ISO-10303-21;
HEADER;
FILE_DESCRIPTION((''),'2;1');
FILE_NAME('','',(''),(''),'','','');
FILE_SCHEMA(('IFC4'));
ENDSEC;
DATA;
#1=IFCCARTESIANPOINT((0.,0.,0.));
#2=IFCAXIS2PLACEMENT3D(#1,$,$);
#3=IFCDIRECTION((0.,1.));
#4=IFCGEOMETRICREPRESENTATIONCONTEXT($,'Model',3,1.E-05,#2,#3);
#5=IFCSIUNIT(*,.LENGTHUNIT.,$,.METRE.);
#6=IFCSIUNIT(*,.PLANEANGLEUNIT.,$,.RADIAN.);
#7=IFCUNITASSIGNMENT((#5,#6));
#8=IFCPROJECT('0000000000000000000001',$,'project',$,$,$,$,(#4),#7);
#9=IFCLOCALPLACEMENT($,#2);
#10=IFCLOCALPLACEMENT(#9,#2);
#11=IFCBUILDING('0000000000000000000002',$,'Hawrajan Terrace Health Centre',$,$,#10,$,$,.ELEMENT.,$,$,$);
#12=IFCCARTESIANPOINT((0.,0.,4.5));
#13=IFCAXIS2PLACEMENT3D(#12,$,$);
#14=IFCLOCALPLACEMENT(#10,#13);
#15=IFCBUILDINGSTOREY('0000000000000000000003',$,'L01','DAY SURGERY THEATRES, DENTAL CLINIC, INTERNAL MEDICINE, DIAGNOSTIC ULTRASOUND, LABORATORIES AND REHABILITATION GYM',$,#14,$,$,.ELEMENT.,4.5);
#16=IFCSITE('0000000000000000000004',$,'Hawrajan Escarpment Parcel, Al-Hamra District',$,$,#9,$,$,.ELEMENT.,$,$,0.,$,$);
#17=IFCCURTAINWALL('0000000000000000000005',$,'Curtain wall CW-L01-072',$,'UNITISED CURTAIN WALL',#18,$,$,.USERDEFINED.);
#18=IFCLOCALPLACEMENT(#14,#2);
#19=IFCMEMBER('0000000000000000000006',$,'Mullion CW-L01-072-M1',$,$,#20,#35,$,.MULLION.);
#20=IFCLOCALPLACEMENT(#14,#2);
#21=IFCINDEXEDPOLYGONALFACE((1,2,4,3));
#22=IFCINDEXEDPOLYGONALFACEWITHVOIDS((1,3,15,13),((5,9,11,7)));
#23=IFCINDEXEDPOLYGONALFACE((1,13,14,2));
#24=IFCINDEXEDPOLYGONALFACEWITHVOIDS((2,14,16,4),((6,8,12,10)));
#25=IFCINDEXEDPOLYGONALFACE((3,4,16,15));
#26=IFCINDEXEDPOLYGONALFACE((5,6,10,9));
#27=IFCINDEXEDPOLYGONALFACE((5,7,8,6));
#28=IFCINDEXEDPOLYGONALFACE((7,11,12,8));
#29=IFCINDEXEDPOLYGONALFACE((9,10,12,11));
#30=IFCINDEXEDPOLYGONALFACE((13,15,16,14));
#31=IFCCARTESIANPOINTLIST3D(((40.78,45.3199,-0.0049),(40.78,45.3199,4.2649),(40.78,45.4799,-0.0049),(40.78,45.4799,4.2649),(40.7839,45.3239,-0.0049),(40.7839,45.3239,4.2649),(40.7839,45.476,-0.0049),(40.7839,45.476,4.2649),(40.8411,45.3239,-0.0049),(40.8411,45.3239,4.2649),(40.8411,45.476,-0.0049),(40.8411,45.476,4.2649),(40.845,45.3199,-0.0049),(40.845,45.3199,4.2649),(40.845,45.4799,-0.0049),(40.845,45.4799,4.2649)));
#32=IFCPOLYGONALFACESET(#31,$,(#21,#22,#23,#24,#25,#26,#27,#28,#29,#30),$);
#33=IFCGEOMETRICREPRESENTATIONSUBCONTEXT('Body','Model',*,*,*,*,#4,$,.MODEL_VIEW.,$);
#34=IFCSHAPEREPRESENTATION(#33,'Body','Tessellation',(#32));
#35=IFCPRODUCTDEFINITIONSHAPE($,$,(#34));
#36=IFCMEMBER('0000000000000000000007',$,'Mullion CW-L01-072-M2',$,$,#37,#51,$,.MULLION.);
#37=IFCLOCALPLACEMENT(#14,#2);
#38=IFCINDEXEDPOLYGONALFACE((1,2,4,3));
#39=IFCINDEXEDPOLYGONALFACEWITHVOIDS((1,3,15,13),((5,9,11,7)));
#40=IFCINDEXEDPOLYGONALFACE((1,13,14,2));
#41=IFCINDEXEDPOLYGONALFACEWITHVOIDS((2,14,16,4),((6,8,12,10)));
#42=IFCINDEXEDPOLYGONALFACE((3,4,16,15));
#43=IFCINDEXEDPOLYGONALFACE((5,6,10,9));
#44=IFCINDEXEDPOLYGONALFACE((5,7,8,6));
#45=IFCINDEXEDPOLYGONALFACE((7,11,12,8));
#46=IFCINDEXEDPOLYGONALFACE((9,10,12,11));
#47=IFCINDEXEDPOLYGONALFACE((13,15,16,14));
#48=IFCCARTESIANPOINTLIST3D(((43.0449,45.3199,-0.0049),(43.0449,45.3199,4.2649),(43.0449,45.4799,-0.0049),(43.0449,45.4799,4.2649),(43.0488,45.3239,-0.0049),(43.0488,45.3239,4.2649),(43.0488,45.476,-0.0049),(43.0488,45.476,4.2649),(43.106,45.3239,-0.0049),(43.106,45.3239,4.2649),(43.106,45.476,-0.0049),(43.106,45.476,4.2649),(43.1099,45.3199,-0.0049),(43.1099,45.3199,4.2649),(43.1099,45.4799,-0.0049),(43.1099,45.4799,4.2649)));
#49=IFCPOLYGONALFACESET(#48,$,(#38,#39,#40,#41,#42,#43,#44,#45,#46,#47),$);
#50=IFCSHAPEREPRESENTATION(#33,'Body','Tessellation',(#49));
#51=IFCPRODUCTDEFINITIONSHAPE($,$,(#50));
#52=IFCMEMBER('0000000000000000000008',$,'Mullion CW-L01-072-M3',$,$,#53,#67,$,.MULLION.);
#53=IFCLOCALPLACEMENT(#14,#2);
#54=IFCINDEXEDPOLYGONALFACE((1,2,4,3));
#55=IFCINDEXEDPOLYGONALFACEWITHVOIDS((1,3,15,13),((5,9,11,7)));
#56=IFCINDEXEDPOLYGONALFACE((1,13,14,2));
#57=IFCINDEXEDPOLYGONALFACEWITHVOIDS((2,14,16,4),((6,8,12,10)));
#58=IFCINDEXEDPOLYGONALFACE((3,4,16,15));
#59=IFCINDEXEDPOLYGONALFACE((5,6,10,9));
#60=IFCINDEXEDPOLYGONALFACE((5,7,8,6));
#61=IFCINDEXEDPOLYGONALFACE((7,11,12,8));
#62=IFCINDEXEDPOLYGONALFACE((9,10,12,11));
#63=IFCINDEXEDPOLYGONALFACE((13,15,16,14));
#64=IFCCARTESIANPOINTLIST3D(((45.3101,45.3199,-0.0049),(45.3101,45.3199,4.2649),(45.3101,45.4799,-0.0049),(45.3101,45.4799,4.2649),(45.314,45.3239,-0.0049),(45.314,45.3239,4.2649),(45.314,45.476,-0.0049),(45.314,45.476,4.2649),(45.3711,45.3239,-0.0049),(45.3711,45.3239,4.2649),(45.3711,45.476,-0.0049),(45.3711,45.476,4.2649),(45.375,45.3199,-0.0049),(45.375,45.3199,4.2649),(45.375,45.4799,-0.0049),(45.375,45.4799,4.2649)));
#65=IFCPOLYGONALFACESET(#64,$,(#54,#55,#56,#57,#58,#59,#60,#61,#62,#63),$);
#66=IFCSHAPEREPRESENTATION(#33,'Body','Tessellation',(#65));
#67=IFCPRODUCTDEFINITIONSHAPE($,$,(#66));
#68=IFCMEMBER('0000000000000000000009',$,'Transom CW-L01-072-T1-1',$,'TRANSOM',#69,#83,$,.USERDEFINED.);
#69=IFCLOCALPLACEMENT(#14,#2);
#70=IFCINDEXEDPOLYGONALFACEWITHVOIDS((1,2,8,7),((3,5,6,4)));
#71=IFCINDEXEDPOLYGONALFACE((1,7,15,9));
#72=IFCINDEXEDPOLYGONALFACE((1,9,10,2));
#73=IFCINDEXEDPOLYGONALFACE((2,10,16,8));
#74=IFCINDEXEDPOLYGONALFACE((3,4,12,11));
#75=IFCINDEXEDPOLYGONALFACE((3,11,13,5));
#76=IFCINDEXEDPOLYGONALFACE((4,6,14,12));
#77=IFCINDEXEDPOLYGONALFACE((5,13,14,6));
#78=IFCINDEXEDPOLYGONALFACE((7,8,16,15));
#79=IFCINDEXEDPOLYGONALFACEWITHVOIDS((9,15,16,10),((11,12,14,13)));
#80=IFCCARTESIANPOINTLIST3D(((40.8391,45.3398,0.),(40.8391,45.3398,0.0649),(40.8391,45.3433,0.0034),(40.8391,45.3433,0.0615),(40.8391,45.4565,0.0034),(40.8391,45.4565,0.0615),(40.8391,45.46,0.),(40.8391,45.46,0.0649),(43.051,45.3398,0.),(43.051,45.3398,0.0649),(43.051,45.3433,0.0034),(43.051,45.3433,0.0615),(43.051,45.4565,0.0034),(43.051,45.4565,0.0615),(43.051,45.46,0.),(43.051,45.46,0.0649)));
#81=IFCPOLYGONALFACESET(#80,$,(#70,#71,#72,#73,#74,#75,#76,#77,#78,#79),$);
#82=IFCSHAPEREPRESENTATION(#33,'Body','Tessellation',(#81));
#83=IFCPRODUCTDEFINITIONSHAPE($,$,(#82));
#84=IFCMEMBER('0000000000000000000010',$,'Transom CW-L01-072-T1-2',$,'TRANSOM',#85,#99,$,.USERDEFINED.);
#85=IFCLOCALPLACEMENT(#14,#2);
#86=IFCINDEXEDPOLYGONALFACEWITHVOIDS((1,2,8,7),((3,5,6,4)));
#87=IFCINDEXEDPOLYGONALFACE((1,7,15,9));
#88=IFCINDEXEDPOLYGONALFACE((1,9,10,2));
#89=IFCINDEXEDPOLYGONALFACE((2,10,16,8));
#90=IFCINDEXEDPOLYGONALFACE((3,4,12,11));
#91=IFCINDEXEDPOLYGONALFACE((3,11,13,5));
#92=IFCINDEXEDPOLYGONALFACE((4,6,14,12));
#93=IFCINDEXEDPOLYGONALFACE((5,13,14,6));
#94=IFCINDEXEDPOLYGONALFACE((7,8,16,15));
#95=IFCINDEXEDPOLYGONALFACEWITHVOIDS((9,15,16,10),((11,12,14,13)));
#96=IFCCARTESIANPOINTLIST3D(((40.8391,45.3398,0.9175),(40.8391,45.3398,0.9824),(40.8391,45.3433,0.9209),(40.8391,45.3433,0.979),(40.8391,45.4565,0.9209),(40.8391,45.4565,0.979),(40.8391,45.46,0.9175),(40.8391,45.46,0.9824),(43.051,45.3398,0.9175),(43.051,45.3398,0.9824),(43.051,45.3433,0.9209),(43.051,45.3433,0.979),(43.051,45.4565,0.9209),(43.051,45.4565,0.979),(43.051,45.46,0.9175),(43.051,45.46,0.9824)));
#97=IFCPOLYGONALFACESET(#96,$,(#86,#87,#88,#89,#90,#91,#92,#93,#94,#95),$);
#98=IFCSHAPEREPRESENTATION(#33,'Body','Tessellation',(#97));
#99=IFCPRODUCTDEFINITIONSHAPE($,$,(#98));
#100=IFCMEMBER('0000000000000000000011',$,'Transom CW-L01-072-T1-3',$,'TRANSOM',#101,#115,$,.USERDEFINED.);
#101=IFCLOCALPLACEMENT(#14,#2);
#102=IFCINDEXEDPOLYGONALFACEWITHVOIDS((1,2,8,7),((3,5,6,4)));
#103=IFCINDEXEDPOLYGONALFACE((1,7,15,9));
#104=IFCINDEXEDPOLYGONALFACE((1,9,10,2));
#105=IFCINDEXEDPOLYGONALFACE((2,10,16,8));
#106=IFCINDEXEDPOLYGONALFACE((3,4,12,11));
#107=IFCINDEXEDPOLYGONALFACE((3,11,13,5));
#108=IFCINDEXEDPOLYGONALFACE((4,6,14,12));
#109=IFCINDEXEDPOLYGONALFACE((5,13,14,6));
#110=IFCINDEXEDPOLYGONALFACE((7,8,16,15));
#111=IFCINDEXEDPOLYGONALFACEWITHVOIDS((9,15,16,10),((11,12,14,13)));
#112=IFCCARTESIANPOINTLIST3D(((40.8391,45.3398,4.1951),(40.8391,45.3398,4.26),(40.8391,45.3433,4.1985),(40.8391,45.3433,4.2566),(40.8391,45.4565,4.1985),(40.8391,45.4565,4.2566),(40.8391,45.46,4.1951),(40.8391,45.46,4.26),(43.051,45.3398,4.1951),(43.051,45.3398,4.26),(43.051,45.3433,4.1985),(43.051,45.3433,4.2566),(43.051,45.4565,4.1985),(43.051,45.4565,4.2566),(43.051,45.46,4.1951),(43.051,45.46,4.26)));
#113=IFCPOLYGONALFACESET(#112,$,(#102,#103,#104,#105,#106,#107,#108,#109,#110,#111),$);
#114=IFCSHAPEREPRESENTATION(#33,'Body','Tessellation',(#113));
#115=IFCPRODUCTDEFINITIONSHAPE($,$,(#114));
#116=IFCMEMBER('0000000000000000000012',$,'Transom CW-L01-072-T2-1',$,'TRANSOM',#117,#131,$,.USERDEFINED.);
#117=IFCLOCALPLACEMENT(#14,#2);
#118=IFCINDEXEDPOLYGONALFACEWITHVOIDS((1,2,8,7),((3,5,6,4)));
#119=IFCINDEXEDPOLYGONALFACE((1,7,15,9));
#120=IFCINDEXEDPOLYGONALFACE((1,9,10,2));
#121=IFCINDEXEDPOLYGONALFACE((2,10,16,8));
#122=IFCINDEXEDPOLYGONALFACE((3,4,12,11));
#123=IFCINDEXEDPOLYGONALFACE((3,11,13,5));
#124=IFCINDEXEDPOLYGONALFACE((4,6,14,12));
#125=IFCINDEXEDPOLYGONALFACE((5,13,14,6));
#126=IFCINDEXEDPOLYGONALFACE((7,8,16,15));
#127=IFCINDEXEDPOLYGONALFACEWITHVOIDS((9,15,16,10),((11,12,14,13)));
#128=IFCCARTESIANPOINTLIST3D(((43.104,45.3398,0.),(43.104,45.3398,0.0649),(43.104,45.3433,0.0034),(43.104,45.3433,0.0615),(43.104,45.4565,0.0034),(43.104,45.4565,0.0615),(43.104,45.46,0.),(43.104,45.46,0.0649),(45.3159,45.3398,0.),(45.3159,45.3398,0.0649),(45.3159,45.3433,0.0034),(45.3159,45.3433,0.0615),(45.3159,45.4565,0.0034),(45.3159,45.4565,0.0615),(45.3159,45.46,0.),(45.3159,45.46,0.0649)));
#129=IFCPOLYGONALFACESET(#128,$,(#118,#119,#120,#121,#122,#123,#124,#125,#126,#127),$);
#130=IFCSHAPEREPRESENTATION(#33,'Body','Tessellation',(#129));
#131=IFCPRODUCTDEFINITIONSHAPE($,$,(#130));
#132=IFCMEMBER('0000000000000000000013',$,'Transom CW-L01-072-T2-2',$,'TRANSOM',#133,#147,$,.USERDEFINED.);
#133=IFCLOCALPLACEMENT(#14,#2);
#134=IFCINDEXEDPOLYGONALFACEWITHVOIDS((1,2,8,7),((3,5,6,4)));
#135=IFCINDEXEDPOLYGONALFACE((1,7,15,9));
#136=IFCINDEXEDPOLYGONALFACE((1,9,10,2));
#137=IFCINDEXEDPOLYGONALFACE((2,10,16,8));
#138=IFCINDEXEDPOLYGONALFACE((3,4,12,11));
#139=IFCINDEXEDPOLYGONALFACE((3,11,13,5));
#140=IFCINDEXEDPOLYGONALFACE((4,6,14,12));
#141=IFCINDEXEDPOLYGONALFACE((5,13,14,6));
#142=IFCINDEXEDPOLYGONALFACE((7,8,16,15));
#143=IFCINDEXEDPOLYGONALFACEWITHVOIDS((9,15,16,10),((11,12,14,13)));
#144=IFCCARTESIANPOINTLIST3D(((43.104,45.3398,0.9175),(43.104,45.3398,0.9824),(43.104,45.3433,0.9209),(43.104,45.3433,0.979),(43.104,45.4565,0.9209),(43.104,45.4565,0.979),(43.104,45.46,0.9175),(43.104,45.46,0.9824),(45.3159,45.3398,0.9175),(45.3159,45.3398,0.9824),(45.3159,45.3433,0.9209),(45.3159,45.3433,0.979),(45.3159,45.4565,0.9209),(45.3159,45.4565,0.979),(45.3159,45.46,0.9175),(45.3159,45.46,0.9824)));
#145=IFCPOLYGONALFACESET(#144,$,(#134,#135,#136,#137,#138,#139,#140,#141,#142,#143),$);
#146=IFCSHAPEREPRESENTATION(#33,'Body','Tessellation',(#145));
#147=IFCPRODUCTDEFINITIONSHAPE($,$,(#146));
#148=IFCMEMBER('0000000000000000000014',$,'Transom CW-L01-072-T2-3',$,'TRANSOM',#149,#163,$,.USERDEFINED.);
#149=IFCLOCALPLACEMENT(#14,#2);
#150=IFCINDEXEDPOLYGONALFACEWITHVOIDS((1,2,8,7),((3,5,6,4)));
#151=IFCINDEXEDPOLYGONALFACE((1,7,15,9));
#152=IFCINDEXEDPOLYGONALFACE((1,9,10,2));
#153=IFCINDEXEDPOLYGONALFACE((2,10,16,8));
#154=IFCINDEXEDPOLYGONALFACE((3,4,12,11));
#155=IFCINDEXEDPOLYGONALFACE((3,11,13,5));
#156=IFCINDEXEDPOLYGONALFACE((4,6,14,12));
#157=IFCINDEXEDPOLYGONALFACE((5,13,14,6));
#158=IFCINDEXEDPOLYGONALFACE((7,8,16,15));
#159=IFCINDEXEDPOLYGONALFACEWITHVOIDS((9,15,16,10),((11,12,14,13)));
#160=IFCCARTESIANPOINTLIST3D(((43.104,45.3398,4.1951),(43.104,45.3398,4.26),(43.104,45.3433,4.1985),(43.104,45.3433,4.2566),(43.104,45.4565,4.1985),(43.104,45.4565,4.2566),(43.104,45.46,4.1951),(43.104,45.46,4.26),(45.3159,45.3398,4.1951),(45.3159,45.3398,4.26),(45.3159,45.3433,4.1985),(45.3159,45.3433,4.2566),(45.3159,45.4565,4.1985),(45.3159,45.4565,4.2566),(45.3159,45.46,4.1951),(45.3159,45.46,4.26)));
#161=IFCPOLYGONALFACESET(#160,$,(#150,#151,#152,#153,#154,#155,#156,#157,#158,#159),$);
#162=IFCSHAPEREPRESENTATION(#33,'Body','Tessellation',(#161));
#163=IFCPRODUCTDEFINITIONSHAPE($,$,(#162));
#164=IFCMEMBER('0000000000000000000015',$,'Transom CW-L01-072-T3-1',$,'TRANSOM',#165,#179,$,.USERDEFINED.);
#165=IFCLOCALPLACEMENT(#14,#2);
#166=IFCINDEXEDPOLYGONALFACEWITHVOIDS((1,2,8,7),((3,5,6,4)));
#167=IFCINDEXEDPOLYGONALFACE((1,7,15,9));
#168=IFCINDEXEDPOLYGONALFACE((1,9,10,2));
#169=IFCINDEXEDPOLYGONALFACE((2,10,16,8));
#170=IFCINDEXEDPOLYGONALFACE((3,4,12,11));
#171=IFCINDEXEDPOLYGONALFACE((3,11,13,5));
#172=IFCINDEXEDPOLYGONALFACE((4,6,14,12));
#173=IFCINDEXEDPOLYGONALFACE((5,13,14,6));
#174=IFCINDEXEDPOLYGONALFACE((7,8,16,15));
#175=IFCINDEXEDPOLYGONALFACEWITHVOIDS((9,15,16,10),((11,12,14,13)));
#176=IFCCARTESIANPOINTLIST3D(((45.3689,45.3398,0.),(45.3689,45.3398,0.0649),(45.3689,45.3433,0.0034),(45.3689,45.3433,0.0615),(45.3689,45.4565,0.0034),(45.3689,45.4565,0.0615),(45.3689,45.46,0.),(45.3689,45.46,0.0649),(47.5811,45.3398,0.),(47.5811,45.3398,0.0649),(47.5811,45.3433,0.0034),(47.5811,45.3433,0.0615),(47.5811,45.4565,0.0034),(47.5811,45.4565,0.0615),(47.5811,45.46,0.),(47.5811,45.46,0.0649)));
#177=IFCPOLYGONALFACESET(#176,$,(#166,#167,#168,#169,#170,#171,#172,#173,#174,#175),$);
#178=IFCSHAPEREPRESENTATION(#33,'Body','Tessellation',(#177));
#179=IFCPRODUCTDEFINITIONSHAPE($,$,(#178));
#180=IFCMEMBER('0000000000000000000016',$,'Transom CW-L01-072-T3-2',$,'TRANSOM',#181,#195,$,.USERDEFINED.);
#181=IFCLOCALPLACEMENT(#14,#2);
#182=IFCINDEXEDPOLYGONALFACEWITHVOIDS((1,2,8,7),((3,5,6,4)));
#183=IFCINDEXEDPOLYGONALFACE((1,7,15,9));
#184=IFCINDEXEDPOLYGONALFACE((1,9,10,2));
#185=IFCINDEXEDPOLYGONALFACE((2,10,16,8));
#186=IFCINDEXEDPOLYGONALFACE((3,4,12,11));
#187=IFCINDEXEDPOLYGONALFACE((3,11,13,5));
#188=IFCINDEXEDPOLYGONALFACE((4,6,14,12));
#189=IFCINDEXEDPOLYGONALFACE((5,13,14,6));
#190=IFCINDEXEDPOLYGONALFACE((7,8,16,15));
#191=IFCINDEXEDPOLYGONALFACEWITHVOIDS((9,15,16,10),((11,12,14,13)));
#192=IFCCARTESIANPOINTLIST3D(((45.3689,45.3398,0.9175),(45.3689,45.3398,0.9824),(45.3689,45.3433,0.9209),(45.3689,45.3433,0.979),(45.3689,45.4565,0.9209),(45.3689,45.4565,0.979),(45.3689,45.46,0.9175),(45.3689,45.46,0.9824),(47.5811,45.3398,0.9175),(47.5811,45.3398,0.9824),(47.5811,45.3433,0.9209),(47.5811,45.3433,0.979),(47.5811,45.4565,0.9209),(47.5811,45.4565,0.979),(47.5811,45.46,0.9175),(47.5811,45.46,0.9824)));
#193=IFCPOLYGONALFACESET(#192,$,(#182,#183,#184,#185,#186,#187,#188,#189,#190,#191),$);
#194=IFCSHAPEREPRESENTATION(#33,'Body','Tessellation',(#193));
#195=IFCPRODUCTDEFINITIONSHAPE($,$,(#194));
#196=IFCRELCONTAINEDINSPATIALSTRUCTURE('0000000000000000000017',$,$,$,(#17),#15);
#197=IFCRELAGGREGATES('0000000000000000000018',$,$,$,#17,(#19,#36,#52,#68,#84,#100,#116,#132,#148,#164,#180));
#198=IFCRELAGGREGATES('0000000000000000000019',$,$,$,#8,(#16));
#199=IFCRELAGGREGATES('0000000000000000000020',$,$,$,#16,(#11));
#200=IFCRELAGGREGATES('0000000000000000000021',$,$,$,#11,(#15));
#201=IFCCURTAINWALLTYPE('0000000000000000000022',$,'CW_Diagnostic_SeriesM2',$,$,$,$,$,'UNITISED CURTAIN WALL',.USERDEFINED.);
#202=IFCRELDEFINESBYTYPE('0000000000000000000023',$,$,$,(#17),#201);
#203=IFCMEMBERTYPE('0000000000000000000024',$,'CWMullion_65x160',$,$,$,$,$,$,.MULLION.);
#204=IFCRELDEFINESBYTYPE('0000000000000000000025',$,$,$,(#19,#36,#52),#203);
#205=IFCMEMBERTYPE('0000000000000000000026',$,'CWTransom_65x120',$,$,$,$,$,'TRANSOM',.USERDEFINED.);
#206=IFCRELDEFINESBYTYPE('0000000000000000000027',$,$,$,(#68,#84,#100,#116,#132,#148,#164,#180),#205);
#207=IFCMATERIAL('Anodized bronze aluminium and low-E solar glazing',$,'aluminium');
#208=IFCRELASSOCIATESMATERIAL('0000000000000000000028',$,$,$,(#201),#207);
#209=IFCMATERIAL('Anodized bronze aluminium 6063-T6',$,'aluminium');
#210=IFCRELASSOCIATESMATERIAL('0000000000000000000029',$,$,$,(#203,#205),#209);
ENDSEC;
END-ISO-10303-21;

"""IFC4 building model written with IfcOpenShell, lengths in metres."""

from ifc_helpers import new_model, si_unit, direction, frame, origin, origin_2d, place, context, subcontext, project, spatial, hollow_rectangle, extrude, material, material_profile, profile_set, type_object, element, aggregate, save


model = new_model("IFC4")

# Units and contexts
model_context = context("Model", 3, precision=1e-05, world=origin(), true_north=direction((0.0, 1.0)))
body_context = subcontext(model_context, "Body", "Model", "MODEL_VIEW")
ifc_project = project(units=[si_unit("LENGTHUNIT", "METRE"), si_unit("PLANEANGLEUNIT", "RADIAN")], contexts=[model_context])

# Site, building, storey
site_placement = place(None, origin())
site = spatial("IfcSite", under=ifc_project, at=site_placement, Name="Hawrajan Escarpment Parcel, Al-Hamra District", CompositionType="ELEMENT", RefElevation=0.0)
building_placement = place(site_placement, origin())
building = spatial("IfcBuilding", under=site, at=building_placement, Name="Hawrajan Terrace Health Centre", CompositionType="ELEMENT")
storey_placement = place(building_placement, frame((0.0, 0.0, 4.5)))
storey = spatial("IfcBuildingStorey", under=building, at=storey_placement, Name="L01", Description="DAY SURGERY THEATRES, DENTAL CLINIC, INTERNAL MEDICINE, DIAGNOSTIC ULTRASOUND, LABORATORIES AND REHABILITATION GYM", CompositionType="ELEMENT", Elevation=4.5)

# Curtain wall, members
ifc_material_1 = material(Name="Anodized bronze aluminium and low-E solar glazing", Category="aluminium")
curtain_wall_type = type_object("IfcCurtainWallType", Name="CW_Diagnostic_SeriesM2", ElementType="UNITISED CURTAIN WALL", PredefinedType="USERDEFINED", material=ifc_material_1)
curtain_wall_placement = place(storey_placement, origin())
curtain_wall = element("IfcCurtainWall", 1, at=curtain_wall_placement, inside=storey, type_object=curtain_wall_type, Name="Curtain wall CW-L01-072", ObjectType="UNITISED CURTAIN WALL", PredefinedType="USERDEFINED")
ifc_material_2 = material(Name="Anodized bronze aluminium 6063-T6", Category="aluminium")
ifc_material_profile_1 = material_profile(ifc_material_2, hollow_rectangle(XDim=0.0649, YDim=0.1599, WallThickness=0.0039, at=origin_2d()), Name="CW MUL 65x160")
ifc_profile_set_1 = profile_set([ifc_material_profile_1], Name="Anodized bronze aluminium 6063-T6")
member_type_1 = type_object("IfcMemberType", Name="CWMullion_65x160", PredefinedType="MULLION", material=ifc_profile_set_1)
member_1_placement = place(storey_placement, frame((40.8125, 45.3999, -0.0049), z_axis=(0.0, 0.0, 1.0), x_axis=(1.0, 0.0, 0.0)))
member_1 = element("IfcMember", 2, at=member_1_placement, type_object=member_type_1, Name="Mullion CW-L01-072-M1", PredefinedType="MULLION", context=body_context, shape_type="SweptSolid", body=[
    extrude(hollow_rectangle(XDim=0.0649, YDim=0.1599, WallThickness=0.0039, at=origin_2d()), origin(), (0.0, 0.0, 1.0), 4.2698),
])
member_2_placement = place(storey_placement, frame((43.0774, 45.3999, -0.0049), z_axis=(0.0, 0.0, 1.0), x_axis=(1.0, 0.0, 0.0)))
member_2 = element("IfcMember", 3, at=member_2_placement, type_object=member_type_1, Name="Mullion CW-L01-072-M2", PredefinedType="MULLION", context=body_context, shape_type="SweptSolid", body=[
    extrude(hollow_rectangle(XDim=0.0649, YDim=0.1599, WallThickness=0.0039, at=origin_2d()), origin(), (0.0, 0.0, 1.0), 4.2698),
])
member_3_placement = place(storey_placement, frame((45.3425, 45.3999, -0.0049), z_axis=(0.0, 0.0, 1.0), x_axis=(1.0, 0.0, 0.0)))
member_3 = element("IfcMember", 4, at=member_3_placement, type_object=member_type_1, Name="Mullion CW-L01-072-M3", PredefinedType="MULLION", context=body_context, shape_type="SweptSolid", body=[
    extrude(hollow_rectangle(XDim=0.0649, YDim=0.1599, WallThickness=0.0039, at=origin_2d()), origin(), (0.0, 0.0, 1.0), 4.2698),
])
ifc_material_profile_2 = material_profile(ifc_material_2, hollow_rectangle(XDim=0.0649, YDim=0.1201, WallThickness=0.0034, at=origin_2d()), Name="CW TRN 65x120")
ifc_profile_set_2 = profile_set([ifc_material_profile_2], Name="Anodized bronze aluminium 6063-T6")
member_type_2 = type_object("IfcMemberType", Name="CWTransom_65x120", ElementType="TRANSOM", PredefinedType="USERDEFINED", material=ifc_profile_set_2)
member_4_placement = place(storey_placement, frame((40.8391, 45.3999, 0.0325), z_axis=(1.0, 0.0, 0.0), x_axis=(0.0, 0.0, 1.0)))
member_4 = element("IfcMember", 5, at=member_4_placement, type_object=member_type_2, Name="Transom CW-L01-072-T1-1", ObjectType="TRANSOM", PredefinedType="USERDEFINED", context=body_context, shape_type="SweptSolid", body=[
    extrude(hollow_rectangle(XDim=0.0649, YDim=0.1201, WallThickness=0.0034, at=origin_2d()), origin(), (0.0, 0.0, 1.0), 2.2119),
])
member_5_placement = place(storey_placement, frame((40.8391, 45.3999, 0.95), z_axis=(1.0, 0.0, 0.0), x_axis=(0.0, 0.0, 1.0)))
member_5 = element("IfcMember", 6, at=member_5_placement, type_object=member_type_2, Name="Transom CW-L01-072-T1-2", ObjectType="TRANSOM", PredefinedType="USERDEFINED", context=body_context, shape_type="SweptSolid", body=[
    extrude(hollow_rectangle(XDim=0.0649, YDim=0.1201, WallThickness=0.0034, at=origin_2d()), origin(), (0.0, 0.0, 1.0), 2.2119),
])
member_6_placement = place(storey_placement, frame((40.8391, 45.3999, 4.2275), z_axis=(1.0, 0.0, 0.0), x_axis=(0.0, 0.0, 1.0)))
member_6 = element("IfcMember", 7, at=member_6_placement, type_object=member_type_2, Name="Transom CW-L01-072-T1-3", ObjectType="TRANSOM", PredefinedType="USERDEFINED", context=body_context, shape_type="SweptSolid", body=[
    extrude(hollow_rectangle(XDim=0.0649, YDim=0.1201, WallThickness=0.0034, at=origin_2d()), origin(), (0.0, 0.0, 1.0), 2.2119),
])
member_7_placement = place(storey_placement, frame((43.104, 45.3999, 0.0325), z_axis=(1.0, 0.0, 0.0), x_axis=(0.0, 0.0, 1.0)))
member_7 = element("IfcMember", 8, at=member_7_placement, type_object=member_type_2, Name="Transom CW-L01-072-T2-1", ObjectType="TRANSOM", PredefinedType="USERDEFINED", context=body_context, shape_type="SweptSolid", body=[
    extrude(hollow_rectangle(XDim=0.0649, YDim=0.1201, WallThickness=0.0034, at=origin_2d()), origin(), (0.0, 0.0, 1.0), 2.2119),
])
member_8_placement = place(storey_placement, frame((43.104, 45.3999, 0.95), z_axis=(1.0, 0.0, 0.0), x_axis=(0.0, 0.0, 1.0)))
member_8 = element("IfcMember", 9, at=member_8_placement, type_object=member_type_2, Name="Transom CW-L01-072-T2-2", ObjectType="TRANSOM", PredefinedType="USERDEFINED", context=body_context, shape_type="SweptSolid", body=[
    extrude(hollow_rectangle(XDim=0.0649, YDim=0.1201, WallThickness=0.0034, at=origin_2d()), origin(), (0.0, 0.0, 1.0), 2.2119),
])
member_9_placement = place(storey_placement, frame((43.104, 45.3999, 4.2275), z_axis=(1.0, 0.0, 0.0), x_axis=(0.0, 0.0, 1.0)))
member_9 = element("IfcMember", 10, at=member_9_placement, type_object=member_type_2, Name="Transom CW-L01-072-T2-3", ObjectType="TRANSOM", PredefinedType="USERDEFINED", context=body_context, shape_type="SweptSolid", body=[
    extrude(hollow_rectangle(XDim=0.0649, YDim=0.1201, WallThickness=0.0034, at=origin_2d()), origin(), (0.0, 0.0, 1.0), 2.2119),
])
member_10_placement = place(storey_placement, frame((45.3689, 45.3999, 0.0325), z_axis=(1.0, 0.0, 0.0), x_axis=(0.0, 0.0, 1.0)))
member_10 = element("IfcMember", 11, at=member_10_placement, type_object=member_type_2, Name="Transom CW-L01-072-T3-1", ObjectType="TRANSOM", PredefinedType="USERDEFINED", context=body_context, shape_type="SweptSolid", body=[
    extrude(hollow_rectangle(XDim=0.0649, YDim=0.1201, WallThickness=0.0034, at=origin_2d()), origin(), (0.0, 0.0, 1.0), 2.2122),
])
member_11_placement = place(storey_placement, frame((45.3689, 45.3999, 0.95), z_axis=(1.0, 0.0, 0.0), x_axis=(0.0, 0.0, 1.0)))
member_11 = element("IfcMember", 12, at=member_11_placement, type_object=member_type_2, Name="Transom CW-L01-072-T3-2", ObjectType="TRANSOM", PredefinedType="USERDEFINED", context=body_context, shape_type="SweptSolid", body=[
    extrude(hollow_rectangle(XDim=0.0649, YDim=0.1201, WallThickness=0.0034, at=origin_2d()), origin(), (0.0, 0.0, 1.0), 2.2122),
])

aggregate(curtain_wall, [member_1, member_2, member_3, member_4, member_5, member_6, member_7, member_8, member_9, member_10, member_11])

save(model, "model.ifc")
